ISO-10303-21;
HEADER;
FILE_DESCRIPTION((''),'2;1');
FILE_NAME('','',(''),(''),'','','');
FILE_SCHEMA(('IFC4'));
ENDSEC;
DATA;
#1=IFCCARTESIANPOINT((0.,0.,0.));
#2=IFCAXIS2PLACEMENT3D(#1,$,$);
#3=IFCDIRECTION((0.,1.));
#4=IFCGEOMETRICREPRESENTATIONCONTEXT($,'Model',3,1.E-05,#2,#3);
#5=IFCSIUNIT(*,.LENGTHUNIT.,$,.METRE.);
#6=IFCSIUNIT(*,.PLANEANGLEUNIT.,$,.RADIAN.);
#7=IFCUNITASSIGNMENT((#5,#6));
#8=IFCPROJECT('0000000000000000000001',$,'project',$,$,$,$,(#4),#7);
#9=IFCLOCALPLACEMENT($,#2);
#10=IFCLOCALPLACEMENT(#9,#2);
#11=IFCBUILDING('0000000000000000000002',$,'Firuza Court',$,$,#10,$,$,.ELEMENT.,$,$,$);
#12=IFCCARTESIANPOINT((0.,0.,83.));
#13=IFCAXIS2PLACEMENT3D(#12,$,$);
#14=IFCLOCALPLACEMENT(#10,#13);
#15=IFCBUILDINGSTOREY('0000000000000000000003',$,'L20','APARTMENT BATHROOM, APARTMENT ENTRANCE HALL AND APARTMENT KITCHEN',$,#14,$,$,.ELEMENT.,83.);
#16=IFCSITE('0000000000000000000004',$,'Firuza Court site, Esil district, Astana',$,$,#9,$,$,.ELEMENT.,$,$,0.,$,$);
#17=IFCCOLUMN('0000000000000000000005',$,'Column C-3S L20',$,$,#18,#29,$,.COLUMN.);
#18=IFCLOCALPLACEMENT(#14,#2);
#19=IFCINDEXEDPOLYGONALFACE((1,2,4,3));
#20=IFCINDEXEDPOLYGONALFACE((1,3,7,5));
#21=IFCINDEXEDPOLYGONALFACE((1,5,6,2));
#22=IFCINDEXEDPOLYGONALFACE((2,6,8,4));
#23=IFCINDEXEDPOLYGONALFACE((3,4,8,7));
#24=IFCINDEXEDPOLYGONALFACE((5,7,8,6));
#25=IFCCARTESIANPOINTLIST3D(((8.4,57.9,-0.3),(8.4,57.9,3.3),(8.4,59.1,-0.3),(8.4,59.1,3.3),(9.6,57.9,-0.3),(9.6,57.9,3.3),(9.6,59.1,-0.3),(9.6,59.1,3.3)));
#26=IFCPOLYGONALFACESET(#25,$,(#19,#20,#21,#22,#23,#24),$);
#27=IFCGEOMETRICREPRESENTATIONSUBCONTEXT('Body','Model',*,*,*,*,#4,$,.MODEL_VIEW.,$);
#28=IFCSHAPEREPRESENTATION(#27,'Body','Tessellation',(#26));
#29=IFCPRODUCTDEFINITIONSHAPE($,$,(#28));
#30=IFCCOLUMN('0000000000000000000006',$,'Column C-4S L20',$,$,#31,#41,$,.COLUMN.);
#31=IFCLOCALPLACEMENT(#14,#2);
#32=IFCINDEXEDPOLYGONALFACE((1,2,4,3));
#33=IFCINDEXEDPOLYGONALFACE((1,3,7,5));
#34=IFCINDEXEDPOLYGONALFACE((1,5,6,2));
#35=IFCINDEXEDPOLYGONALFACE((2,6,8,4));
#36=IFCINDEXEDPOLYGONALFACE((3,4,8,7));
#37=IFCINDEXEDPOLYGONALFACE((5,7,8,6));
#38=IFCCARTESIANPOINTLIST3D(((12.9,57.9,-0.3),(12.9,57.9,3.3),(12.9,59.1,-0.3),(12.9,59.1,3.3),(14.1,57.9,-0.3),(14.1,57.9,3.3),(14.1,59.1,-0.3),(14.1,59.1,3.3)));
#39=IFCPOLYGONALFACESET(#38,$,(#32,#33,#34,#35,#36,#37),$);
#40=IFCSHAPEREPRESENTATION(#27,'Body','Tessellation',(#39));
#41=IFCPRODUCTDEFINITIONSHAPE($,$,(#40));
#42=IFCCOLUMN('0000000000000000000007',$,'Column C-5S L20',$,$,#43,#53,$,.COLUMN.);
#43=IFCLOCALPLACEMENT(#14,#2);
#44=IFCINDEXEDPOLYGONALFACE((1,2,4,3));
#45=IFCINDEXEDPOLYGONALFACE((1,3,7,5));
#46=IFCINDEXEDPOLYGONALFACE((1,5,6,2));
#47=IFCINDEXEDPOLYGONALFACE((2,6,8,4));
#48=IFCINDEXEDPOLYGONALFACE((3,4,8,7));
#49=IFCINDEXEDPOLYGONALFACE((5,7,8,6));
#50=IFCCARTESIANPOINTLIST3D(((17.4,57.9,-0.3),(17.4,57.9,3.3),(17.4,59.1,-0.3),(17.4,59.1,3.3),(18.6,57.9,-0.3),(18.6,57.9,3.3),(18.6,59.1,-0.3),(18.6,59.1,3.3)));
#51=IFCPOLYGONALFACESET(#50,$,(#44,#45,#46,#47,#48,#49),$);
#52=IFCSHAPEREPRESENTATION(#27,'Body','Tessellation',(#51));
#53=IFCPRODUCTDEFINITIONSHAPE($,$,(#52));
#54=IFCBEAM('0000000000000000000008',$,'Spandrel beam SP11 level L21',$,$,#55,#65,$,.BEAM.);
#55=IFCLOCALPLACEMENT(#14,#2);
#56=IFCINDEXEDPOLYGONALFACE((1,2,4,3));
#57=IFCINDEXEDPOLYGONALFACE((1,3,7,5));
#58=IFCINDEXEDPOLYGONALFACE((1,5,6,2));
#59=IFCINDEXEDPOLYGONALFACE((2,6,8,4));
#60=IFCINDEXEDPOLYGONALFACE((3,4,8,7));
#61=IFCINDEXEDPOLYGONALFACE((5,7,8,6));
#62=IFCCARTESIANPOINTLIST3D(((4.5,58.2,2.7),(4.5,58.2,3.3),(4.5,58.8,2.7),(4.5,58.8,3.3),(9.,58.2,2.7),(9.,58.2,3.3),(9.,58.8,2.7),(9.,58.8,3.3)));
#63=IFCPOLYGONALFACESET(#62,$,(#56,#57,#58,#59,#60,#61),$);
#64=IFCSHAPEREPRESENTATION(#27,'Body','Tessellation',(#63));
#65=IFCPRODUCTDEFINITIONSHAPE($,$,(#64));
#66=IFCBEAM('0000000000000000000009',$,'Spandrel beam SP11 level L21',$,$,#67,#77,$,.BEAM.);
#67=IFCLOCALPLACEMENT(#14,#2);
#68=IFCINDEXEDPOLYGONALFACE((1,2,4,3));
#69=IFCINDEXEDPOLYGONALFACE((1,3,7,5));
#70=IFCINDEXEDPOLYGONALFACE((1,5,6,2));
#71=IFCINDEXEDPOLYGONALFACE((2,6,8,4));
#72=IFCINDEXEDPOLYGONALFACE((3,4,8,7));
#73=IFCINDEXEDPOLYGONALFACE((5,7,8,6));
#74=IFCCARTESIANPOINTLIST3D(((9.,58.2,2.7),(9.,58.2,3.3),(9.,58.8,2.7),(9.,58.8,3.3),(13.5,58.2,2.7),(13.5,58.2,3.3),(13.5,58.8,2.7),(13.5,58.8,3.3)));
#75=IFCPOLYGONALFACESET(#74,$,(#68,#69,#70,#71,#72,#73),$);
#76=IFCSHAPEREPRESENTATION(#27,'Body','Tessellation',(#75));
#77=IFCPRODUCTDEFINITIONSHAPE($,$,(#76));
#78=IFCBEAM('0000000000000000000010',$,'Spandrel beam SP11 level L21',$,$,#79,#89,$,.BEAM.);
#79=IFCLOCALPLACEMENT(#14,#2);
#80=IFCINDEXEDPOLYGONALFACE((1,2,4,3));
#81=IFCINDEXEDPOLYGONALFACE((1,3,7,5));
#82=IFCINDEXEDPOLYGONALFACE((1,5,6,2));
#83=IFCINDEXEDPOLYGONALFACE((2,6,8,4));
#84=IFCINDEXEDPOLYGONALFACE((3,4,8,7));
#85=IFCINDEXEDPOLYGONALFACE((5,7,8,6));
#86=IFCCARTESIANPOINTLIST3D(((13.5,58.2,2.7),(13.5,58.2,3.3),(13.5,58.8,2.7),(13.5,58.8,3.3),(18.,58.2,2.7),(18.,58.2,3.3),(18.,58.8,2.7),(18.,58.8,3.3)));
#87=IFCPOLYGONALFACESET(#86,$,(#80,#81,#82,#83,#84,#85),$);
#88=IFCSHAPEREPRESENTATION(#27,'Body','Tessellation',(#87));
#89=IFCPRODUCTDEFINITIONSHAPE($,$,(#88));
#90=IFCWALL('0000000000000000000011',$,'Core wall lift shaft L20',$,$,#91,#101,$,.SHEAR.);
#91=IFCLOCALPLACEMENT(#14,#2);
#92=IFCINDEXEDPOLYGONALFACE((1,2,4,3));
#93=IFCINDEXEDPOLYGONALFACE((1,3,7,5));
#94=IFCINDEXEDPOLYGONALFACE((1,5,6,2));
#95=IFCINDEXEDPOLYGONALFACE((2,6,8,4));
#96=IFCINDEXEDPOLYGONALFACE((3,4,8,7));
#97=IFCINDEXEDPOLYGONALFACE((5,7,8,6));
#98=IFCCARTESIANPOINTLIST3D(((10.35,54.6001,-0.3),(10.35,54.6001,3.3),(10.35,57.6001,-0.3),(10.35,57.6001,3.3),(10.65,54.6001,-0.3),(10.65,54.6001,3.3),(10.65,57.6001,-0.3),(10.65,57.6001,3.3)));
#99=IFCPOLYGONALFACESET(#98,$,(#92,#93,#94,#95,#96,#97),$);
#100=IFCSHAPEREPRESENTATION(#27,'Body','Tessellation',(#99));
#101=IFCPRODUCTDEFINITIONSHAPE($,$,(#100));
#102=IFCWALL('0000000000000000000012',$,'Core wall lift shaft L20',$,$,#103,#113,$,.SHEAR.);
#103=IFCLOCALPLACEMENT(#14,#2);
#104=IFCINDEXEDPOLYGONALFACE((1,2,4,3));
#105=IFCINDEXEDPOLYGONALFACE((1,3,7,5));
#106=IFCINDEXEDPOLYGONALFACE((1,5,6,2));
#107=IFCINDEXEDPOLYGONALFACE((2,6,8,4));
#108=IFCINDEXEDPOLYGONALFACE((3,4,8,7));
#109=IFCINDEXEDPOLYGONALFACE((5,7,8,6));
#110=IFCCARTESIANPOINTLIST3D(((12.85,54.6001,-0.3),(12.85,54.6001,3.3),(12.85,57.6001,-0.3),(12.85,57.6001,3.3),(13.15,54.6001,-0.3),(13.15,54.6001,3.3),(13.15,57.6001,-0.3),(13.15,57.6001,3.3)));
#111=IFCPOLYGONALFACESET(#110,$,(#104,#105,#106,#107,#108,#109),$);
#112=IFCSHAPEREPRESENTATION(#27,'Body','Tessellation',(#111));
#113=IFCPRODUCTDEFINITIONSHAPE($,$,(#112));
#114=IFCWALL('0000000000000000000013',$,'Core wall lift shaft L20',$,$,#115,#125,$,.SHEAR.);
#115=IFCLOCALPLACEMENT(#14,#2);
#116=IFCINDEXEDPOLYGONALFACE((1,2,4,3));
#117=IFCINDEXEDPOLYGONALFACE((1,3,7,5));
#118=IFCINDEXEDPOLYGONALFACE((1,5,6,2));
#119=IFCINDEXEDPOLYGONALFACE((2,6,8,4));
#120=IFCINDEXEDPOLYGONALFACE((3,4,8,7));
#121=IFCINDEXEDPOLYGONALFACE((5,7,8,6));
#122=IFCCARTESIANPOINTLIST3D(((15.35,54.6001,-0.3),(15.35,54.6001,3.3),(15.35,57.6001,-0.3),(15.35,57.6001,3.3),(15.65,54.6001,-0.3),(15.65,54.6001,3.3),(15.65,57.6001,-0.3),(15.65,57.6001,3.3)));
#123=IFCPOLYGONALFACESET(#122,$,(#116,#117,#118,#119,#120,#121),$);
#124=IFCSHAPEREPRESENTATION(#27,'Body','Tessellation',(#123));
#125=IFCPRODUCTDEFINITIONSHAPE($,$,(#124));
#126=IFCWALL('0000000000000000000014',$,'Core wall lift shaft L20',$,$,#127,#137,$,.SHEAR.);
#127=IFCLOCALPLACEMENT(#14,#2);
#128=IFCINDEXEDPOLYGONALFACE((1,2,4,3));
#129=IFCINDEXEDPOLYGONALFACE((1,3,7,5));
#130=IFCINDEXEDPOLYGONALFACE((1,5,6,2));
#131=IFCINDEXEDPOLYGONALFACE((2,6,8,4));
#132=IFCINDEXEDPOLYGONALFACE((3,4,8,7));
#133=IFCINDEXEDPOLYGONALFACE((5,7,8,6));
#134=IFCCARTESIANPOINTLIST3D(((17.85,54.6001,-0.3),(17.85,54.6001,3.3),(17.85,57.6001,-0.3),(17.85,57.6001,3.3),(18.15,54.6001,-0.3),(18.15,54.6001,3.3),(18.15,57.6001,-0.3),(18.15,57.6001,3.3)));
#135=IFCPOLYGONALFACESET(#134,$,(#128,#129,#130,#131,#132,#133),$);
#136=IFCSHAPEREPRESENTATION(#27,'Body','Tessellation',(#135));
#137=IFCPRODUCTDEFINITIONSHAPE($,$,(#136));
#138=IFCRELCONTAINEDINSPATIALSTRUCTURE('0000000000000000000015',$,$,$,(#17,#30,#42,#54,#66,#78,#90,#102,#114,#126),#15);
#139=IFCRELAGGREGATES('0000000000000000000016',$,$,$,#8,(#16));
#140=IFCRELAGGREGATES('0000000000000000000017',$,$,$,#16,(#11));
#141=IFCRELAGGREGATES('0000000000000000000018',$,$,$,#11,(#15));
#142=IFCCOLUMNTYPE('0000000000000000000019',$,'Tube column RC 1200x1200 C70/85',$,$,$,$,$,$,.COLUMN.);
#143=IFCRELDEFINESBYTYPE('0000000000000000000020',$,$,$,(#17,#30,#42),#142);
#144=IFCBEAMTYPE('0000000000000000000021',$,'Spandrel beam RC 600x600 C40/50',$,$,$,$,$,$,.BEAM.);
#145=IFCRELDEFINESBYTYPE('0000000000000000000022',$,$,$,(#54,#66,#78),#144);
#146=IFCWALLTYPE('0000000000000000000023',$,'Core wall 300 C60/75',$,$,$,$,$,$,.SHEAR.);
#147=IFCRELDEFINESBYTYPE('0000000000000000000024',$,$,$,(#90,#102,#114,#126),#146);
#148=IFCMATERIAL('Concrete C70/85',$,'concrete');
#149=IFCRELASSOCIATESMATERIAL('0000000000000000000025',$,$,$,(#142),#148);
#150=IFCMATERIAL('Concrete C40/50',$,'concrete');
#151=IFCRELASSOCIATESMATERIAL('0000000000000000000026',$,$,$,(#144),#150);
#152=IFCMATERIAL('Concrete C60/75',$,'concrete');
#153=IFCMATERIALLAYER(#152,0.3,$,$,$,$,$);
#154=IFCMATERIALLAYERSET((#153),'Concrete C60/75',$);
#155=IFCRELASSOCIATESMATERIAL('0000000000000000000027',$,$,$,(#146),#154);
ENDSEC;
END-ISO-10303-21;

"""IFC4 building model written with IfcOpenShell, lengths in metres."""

from ifc_helpers import new_model, si_unit, direction, frame, frame_2d, origin, origin_2d, place, context, subcontext, project, spatial, rectangle, extrude, material, layer, layer_set, material_profile, profile_set, type_object, element, save


model = new_model("IFC4")

# Units and contexts
model_context = context("Model", 3, precision=1e-05, world=origin(), true_north=direction((0.0, 1.0)))
body_context = subcontext(model_context, "Body", "Model", "MODEL_VIEW")
ifc_project = project(units=[si_unit("LENGTHUNIT", "METRE"), si_unit("PLANEANGLEUNIT", "RADIAN")], contexts=[model_context])

# Site, building, storey
site_placement = place(None, origin())
site = spatial("IfcSite", under=ifc_project, at=site_placement, Name="Firuza Court site, Esil district, Astana", CompositionType="ELEMENT", RefElevation=0.0)
building_placement = place(site_placement, origin())
building = spatial("IfcBuilding", under=site, at=building_placement, Name="Firuza Court", CompositionType="ELEMENT")
storey_placement = place(building_placement, frame((0.0, 0.0, 83.0)))
storey = spatial("IfcBuildingStorey", under=building, at=storey_placement, Name="L20", Description="APARTMENT BATHROOM, APARTMENT ENTRANCE HALL AND APARTMENT KITCHEN", CompositionType="ELEMENT", Elevation=83.0)

# Columns
ifc_material_1 = material(Name="Concrete C70/85", Category="concrete")
ifc_material_profile_1 = material_profile(ifc_material_1, rectangle(XDim=1.2, YDim=1.2, at=origin_2d()), Name="RC 1200x1200")
ifc_profile_set_1 = profile_set([ifc_material_profile_1], Name="Concrete C70/85")
column_type = type_object("IfcColumnType", Name="Tube column RC 1200x1200 C70/85", PredefinedType="COLUMN", material=ifc_profile_set_1)
for number, where, z_axis, x_axis, name in (
    (1, (9.0, 58.5, -0.3), (0.0, 0.0, 1.0), (1.0, 0.0, 0.0), "Column C-3S L20"),
    (2, (13.5, 58.5, -0.3), (0.0, 0.0, 1.0), (1.0, 0.0, 0.0), "Column C-4S L20"),
    (3, (18.0, 58.5, -0.3), (0.0, 0.0, 1.0), (1.0, 0.0, 0.0), "Column C-5S L20"),
):
    element("IfcColumn", number, at=place(storey_placement, frame(where, z_axis=z_axis, x_axis=x_axis)), inside=storey, type_object=column_type, Name=name, PredefinedType="COLUMN", context=body_context, shape_type="SweptSolid", body=[
        extrude(rectangle(XDim=1.2, YDim=1.2, at=origin_2d()), origin(), (0.0, 0.0, 1.0), 3.6001),
    ])

# Beams
ifc_material_2 = material(Name="Concrete C40/50", Category="concrete")
ifc_material_profile_2 = material_profile(ifc_material_2, rectangle(XDim=0.6001, YDim=0.6001, at=origin_2d()), Name="RC 600x600")
ifc_profile_set_2 = profile_set([ifc_material_profile_2], Name="Concrete C40/50")
beam_type = type_object("IfcBeamType", Name="Spandrel beam RC 600x600 C40/50", PredefinedType="BEAM", material=ifc_profile_set_2)
for number, where, z_axis, x_axis, name in (
    (4, (9.0, 58.5, 3.0), (-1.0, 0.0, 0.0), (0.0, -1.0, 0.0), "Spandrel beam SP11 level L21"),
    (5, (13.5, 58.5, 3.0), (-1.0, 0.0, 0.0), (0.0, -1.0, 0.0), "Spandrel beam SP11 level L21"),
    (6, (18.0, 58.5, 3.0), (-1.0, 0.0, 0.0), (0.0, -1.0, 0.0), "Spandrel beam SP11 level L21"),
):
    element("IfcBeam", number, at=place(storey_placement, frame(where, z_axis=z_axis, x_axis=x_axis)), inside=storey, type_object=beam_type, Name=name, PredefinedType="BEAM", context=body_context, shape_type="SweptSolid", body=[
        extrude(rectangle(XDim=0.6001, YDim=0.6001, at=origin_2d()), origin(), (0.0, 0.0, 1.0), 4.5),
    ])

# Walls
ifc_material_3 = material(Name="Concrete C60/75", Category="concrete")
ifc_layer_1 = layer(ifc_material_3, 0.3)
ifc_layer_set_1 = layer_set([ifc_layer_1], Name="Concrete C60/75")
wall_type_1 = type_object("IfcWallType", Name="Core wall 300 C60/75", PredefinedType="SHEAR", material=ifc_layer_set_1)
for number, where, z_axis, x_axis, name in (
    (7, (10.5, 54.6001, -0.3), (0.0, 0.0, 1.0), (0.0, 1.0, 0.0), "Core wall lift shaft L20"),
    (8, (13.0, 54.6001, -0.3), (0.0, 0.0, 1.0), (0.0, 1.0, 0.0), "Core wall lift shaft L20"),
    (9, (15.5, 54.6001, -0.3), (0.0, 0.0, 1.0), (0.0, 1.0, 0.0), "Core wall lift shaft L20"),
    (10, (18.0, 54.6001, -0.3), (0.0, 0.0, 1.0), (0.0, 1.0, 0.0), "Core wall lift shaft L20"),
):
    element("IfcWall", number, at=place(storey_placement, frame(where, z_axis=z_axis, x_axis=x_axis)), inside=storey, type_object=wall_type_1, Name=name, PredefinedType="SHEAR", context=body_context, shape_type="SweptSolid", body=[
        extrude(rectangle(XDim=3.0, YDim=0.3, at=frame_2d((1.5, 0.0))), origin(), (0.0, 0.0, 1.0), 3.6001),
    ])

save(model, "model.ifc")
